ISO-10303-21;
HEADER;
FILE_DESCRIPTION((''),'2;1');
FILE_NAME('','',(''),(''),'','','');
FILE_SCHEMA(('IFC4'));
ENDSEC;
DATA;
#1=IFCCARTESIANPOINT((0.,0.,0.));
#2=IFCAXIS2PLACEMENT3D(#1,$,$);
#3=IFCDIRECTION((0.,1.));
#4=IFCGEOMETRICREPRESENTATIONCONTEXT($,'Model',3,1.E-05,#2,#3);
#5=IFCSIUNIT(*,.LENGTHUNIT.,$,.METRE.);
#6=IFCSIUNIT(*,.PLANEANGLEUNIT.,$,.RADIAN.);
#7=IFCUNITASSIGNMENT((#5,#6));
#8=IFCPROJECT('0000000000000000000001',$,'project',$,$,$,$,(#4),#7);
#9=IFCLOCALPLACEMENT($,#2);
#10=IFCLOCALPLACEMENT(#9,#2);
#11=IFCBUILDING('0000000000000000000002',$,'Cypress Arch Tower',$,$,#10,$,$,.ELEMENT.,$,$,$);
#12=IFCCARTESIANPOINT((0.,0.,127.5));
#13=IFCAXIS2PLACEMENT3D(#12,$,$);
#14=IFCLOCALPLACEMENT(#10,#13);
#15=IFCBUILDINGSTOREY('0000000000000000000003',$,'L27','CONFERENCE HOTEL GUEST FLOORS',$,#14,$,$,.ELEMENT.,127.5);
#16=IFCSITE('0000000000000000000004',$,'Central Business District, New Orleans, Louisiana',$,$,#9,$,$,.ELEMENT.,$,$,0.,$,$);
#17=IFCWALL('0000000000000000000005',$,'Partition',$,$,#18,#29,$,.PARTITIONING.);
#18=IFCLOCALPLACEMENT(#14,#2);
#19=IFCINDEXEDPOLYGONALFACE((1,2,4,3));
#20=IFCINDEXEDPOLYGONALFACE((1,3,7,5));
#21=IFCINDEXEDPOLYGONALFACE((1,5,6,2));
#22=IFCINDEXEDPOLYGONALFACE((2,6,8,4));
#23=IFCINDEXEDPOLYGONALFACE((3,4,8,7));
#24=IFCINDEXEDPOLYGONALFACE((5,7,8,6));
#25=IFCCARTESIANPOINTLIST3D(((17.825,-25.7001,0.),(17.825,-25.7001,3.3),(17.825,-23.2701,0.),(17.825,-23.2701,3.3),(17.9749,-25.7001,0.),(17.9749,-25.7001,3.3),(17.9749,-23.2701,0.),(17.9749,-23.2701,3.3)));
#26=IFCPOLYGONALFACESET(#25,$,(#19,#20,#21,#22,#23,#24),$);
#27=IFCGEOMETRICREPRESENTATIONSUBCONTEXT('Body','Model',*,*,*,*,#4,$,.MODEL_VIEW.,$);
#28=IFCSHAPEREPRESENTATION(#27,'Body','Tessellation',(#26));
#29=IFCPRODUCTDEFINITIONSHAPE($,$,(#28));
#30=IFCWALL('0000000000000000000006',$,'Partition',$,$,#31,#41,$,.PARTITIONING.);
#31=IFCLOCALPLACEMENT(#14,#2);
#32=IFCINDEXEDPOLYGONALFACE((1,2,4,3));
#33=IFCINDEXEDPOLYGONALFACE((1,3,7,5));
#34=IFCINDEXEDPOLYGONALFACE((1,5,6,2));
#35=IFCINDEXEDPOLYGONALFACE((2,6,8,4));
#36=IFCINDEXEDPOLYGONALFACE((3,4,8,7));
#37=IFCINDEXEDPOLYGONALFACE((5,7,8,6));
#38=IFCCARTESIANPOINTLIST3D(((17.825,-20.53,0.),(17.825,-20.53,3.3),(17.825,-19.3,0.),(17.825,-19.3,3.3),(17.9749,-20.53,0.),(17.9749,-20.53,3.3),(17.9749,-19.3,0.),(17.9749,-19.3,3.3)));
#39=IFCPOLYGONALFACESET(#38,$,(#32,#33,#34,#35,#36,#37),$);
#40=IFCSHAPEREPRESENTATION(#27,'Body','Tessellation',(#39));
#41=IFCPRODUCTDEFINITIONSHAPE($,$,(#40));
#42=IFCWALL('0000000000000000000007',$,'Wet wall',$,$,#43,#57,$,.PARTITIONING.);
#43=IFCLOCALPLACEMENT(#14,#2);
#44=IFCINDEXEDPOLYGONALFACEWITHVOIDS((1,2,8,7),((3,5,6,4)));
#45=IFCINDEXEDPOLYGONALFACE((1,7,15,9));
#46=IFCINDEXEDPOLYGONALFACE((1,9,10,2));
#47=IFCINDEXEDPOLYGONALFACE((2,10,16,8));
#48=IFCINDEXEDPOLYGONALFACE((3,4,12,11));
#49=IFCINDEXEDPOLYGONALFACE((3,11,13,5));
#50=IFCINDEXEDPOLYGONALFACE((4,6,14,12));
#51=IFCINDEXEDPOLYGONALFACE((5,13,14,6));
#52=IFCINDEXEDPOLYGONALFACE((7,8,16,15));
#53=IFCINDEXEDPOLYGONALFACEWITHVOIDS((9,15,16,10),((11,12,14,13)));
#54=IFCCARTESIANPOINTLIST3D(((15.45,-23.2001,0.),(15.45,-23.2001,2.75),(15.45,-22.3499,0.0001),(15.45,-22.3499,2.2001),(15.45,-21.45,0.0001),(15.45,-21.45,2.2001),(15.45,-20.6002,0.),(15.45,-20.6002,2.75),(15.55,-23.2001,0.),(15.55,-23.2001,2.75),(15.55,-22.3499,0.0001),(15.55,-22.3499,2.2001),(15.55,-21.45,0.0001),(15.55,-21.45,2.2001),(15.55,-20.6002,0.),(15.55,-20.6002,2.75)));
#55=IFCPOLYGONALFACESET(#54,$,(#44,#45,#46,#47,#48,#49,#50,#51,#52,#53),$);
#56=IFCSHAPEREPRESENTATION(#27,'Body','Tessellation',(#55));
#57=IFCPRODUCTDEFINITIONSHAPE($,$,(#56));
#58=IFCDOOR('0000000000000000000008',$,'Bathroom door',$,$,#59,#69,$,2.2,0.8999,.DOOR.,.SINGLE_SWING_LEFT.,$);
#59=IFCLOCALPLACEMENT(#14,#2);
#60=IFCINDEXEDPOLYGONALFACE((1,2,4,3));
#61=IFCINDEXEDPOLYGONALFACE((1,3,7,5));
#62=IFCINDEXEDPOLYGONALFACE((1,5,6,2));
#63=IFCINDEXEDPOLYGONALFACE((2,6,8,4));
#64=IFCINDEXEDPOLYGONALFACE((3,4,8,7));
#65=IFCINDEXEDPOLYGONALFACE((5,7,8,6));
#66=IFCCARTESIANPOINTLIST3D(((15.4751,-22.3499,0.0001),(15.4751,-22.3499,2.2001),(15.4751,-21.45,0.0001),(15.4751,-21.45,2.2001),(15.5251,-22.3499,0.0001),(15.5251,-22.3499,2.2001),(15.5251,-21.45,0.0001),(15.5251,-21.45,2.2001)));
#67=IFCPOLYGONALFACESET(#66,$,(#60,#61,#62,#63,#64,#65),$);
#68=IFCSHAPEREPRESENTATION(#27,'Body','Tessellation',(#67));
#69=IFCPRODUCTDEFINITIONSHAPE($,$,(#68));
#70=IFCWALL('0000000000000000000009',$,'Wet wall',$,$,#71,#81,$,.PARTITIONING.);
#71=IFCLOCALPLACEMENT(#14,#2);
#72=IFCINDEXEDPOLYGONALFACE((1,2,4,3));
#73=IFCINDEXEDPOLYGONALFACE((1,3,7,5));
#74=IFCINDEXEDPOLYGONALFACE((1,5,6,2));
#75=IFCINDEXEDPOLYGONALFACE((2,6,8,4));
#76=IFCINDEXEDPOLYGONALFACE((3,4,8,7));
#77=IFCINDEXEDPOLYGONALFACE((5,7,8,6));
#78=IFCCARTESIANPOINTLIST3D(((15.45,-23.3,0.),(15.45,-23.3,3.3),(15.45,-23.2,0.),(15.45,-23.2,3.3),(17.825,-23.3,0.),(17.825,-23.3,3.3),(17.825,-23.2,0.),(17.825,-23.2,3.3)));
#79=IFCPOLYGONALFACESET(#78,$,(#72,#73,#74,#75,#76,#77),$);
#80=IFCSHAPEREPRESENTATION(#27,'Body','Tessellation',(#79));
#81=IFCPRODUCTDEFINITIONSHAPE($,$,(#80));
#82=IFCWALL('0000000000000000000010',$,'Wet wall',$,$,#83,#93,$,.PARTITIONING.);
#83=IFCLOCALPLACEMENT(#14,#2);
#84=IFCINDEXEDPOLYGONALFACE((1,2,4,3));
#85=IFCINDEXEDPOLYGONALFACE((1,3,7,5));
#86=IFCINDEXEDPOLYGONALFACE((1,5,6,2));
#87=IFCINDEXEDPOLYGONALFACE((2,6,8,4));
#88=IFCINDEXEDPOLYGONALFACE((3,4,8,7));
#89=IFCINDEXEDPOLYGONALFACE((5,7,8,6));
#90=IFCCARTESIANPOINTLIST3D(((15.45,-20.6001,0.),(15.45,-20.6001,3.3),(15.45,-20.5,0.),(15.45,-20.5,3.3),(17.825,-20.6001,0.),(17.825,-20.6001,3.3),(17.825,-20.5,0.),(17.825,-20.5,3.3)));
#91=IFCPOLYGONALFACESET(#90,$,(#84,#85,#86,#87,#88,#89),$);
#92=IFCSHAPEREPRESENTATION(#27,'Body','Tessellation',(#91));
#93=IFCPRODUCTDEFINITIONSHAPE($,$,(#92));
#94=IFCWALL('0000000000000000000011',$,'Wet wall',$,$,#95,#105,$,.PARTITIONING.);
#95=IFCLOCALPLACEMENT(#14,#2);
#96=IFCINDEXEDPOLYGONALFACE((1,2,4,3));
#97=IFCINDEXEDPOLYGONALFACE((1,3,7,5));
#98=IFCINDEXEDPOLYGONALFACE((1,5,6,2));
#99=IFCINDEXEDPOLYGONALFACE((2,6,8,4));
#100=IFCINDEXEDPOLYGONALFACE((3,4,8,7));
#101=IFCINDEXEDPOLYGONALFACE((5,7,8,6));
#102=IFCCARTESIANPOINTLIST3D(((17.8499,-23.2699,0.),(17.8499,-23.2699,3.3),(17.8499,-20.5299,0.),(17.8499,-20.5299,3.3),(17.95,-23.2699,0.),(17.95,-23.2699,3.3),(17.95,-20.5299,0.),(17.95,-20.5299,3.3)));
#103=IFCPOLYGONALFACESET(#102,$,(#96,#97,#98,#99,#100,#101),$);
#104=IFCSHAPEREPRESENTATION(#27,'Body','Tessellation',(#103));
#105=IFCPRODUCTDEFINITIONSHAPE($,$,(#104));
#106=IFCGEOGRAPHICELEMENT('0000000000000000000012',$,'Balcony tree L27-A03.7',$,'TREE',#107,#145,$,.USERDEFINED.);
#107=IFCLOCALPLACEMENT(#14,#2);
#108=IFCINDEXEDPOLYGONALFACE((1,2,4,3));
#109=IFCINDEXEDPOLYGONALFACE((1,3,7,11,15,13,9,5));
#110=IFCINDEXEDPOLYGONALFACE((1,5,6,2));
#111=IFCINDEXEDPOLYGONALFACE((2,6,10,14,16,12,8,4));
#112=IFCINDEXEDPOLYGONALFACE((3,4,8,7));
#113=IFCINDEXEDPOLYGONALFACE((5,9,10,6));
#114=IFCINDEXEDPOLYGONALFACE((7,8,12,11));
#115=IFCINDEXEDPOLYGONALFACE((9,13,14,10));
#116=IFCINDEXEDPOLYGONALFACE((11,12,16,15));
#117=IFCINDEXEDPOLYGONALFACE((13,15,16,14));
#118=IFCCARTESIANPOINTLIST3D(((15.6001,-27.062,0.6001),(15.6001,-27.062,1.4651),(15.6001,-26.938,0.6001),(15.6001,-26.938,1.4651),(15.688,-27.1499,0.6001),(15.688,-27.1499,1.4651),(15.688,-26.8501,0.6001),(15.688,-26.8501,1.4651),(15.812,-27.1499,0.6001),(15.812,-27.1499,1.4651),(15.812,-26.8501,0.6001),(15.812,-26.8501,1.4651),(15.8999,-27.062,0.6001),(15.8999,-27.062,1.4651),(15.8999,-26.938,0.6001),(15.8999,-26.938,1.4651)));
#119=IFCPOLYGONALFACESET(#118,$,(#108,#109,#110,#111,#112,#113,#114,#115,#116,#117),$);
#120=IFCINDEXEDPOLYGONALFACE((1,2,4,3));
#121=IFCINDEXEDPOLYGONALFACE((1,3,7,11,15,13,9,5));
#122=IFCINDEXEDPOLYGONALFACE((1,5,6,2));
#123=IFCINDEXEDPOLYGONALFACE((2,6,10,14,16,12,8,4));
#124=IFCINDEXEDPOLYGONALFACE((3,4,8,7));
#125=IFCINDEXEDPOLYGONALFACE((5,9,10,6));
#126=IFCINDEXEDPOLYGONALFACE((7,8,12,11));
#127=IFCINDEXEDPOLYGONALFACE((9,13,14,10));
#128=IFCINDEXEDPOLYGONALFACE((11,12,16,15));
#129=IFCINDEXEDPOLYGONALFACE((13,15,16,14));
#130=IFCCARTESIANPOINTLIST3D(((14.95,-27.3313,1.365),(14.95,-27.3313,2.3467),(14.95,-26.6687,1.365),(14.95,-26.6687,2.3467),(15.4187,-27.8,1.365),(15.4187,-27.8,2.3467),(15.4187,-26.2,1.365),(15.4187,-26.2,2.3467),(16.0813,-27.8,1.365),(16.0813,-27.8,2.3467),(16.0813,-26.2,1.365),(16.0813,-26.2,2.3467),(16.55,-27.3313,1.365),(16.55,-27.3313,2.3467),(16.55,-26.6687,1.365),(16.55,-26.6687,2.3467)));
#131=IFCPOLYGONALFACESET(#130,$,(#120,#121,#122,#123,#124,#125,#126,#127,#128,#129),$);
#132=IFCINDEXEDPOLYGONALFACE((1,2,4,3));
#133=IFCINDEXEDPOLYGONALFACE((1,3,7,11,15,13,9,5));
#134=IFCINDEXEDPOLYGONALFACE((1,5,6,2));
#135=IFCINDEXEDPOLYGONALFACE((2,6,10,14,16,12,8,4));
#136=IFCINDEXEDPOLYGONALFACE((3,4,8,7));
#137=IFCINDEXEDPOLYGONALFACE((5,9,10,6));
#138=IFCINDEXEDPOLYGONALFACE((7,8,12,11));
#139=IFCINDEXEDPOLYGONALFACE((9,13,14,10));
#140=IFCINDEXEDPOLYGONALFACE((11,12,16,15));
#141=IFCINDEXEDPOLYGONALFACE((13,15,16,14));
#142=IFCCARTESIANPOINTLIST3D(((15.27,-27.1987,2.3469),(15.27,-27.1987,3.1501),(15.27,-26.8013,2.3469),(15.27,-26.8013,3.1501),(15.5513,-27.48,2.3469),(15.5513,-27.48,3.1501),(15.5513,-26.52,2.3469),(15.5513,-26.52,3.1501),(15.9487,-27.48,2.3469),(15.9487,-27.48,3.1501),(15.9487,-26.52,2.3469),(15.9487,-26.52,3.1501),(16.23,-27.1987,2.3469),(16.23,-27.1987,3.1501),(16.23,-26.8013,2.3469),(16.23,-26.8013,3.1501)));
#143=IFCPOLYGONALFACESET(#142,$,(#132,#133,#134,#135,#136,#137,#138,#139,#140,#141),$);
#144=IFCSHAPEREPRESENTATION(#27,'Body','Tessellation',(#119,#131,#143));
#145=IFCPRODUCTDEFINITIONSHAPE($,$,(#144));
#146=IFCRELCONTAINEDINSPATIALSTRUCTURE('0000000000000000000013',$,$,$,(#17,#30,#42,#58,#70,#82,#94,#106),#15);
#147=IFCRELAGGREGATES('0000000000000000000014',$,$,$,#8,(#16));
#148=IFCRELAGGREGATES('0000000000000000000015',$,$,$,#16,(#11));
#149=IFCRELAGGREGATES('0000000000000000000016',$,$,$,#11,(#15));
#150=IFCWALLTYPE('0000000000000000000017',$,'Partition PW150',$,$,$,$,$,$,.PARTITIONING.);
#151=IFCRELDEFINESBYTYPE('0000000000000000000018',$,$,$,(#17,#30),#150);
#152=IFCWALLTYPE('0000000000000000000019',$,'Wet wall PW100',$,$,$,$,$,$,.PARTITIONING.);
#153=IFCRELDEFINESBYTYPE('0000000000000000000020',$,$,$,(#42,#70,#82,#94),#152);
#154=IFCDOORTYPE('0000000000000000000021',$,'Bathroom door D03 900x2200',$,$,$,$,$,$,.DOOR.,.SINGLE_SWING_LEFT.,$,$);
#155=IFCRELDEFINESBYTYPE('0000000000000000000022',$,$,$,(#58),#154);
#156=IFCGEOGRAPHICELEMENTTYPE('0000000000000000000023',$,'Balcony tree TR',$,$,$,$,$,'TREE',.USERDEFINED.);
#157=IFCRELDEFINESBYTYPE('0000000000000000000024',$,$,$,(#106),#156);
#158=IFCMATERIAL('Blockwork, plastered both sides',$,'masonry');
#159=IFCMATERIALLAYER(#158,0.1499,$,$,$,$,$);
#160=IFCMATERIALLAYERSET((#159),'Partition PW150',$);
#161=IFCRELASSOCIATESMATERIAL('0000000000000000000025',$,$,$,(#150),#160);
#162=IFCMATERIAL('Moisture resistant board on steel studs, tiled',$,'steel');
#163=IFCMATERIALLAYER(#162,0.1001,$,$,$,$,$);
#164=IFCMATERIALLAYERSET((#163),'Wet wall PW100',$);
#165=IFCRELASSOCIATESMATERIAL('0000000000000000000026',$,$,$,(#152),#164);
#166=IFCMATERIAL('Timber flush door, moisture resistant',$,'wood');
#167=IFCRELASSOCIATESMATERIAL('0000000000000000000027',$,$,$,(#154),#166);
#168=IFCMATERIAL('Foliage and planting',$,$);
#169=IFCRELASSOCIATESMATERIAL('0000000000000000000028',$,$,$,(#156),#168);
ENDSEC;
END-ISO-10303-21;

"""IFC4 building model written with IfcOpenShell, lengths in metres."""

from ifc_helpers import new_model, si_unit, direction, frame, frame_2d, origin, place, context, subcontext, project, spatial, polyline, rectangle, outline, extrude, material, layer, layer_set, type_object, element, fill, save


model = new_model("IFC4")

# Units and contexts
model_context = context("Model", 3, precision=1e-05, world=origin(), true_north=direction((0.0, 1.0)))
body_context = subcontext(model_context, "Body", "Model", "MODEL_VIEW")
ifc_project = project(units=[si_unit("LENGTHUNIT", "METRE"), si_unit("PLANEANGLEUNIT", "RADIAN")], contexts=[model_context])

# Site, building, storey
site_placement = place(None, origin())
site = spatial("IfcSite", under=ifc_project, at=site_placement, Name="Central Business District, New Orleans, Louisiana", CompositionType="ELEMENT", RefElevation=0.0)
building_placement = place(site_placement, origin())
building = spatial("IfcBuilding", under=site, at=building_placement, Name="Cypress Arch Tower", CompositionType="ELEMENT")
storey_placement = place(building_placement, frame((0.0, 0.0, 127.5)))
storey = spatial("IfcBuildingStorey", under=building, at=storey_placement, Name="L27", Description="CONFERENCE HOTEL GUEST FLOORS", CompositionType="ELEMENT", Elevation=127.5)

# Walls
ifc_material_1 = material(Name="Blockwork, plastered both sides", Category="masonry")
ifc_layer_1 = layer(ifc_material_1, 0.1499)
ifc_layer_set_1 = layer_set([ifc_layer_1], Name="Partition PW150")
wall_type_1 = type_object("IfcWallType", Name="Partition PW150", PredefinedType="PARTITIONING", material=ifc_layer_set_1)
wall_1_placement = place(storey_placement, frame((17.8999, -25.7, 0.0), z_axis=(0.0, 0.0, 1.0), x_axis=(0.0, 1.0, 0.0)))
element("IfcWall", 1, at=wall_1_placement, inside=storey, type_object=wall_type_1, Name="Partition", PredefinedType="PARTITIONING", context=body_context, shape_type="SweptSolid", body=[
    extrude(rectangle(XDim=2.4299, YDim=0.1499, at=frame_2d((1.2148, 0.0))), origin(), (0.0, 0.0, 1.0), 3.3),
])
wall_2_placement = place(storey_placement, frame((17.8999, -20.53, 0.0), z_axis=(0.0, 0.0, 1.0), x_axis=(0.0, 1.0, 0.0)))
element("IfcWall", 2, at=wall_2_placement, inside=storey, type_object=wall_type_1, Name="Partition", PredefinedType="PARTITIONING", context=body_context, shape_type="SweptSolid", body=[
    extrude(rectangle(XDim=1.23, YDim=0.1499, at=frame_2d((0.615, 0.0))), origin(), (0.0, 0.0, 1.0), 3.3),
])

# Wall, opening, door
ifc_material_2 = material(Name="Moisture resistant board on steel studs, tiled", Category="steel")
ifc_layer_2 = layer(ifc_material_2, 0.1001)
ifc_layer_set_2 = layer_set([ifc_layer_2], Name="Wet wall PW100")
wall_type_2 = type_object("IfcWallType", Name="Wet wall PW100", PredefinedType="PARTITIONING", material=ifc_layer_set_2)
wall_3_placement = place(storey_placement, frame((15.5, -23.2, 0.0), z_axis=(0.0, 0.0, 1.0), x_axis=(0.0, 1.0, 0.0)))
wall_3 = element("IfcWall", 3, at=wall_3_placement, inside=storey, type_object=wall_type_2, Name="Wet wall", PredefinedType="PARTITIONING", context=body_context, shape_type="SweptSolid", body=[
    extrude(rectangle(XDim=2.5999, YDim=0.1001, at=frame_2d((1.2998, 0.0))), origin(), (0.0, 0.0, 1.0), 2.75),
])
opening_1_placement = place(wall_3_placement, frame((0.8501, 0.0, 0.0)))
opening_1 = element("IfcOpeningElement", 4, at=opening_1_placement, cuts=wall_3, PredefinedType="OPENING", context=body_context, shape_type="SweptSolid", body=[
    extrude(rectangle(XDim=0.8999, YDim=2.2, at=frame_2d((0.45, 1.1001))), frame((0.0, 0.0601, 0.0), z_axis=(0.0, -1.0, 0.0), x_axis=(1.0, 0.0, 0.0)), (0.0, 0.0, 1.0), 0.1201),
])
ifc_material_3 = material(Name="Timber flush door, moisture resistant", Category="wood")
door_type_1 = type_object("IfcDoorType", Name="Bathroom door D03 900x2200", OperationType="SINGLE_SWING_LEFT", PredefinedType="DOOR", material=ifc_material_3)
door_1_placement = place(opening_1_placement, origin())
door_1 = element("IfcDoor", 5, at=door_1_placement, inside=storey, type_object=door_type_1, Name="Bathroom door", OperationType="SINGLE_SWING_LEFT", OverallHeight=2.2, OverallWidth=0.8999, PredefinedType="DOOR", context=body_context, shape_type="SweptSolid", body=[
    extrude(rectangle(XDim=0.8999, YDim=2.2, at=frame_2d((0.45, 1.1001))), frame((0.0, 0.0249, 0.0), z_axis=(0.0, -1.0, 0.0), x_axis=(1.0, 0.0, 0.0)), (0.0, 0.0, 1.0), 0.05),
])
fill(opening_1, door_1)

# Walls
for number, where, z_axis, x_axis, name in (
    (6, (15.45, -23.25, 0.0), (0.0, 0.0, 1.0), (1.0, 0.0, 0.0), "Wet wall"),
    (7, (15.45, -20.55, 0.0), (0.0, 0.0, 1.0), (1.0, 0.0, 0.0), "Wet wall"),
):
    element("IfcWall", number, at=place(storey_placement, frame(where, z_axis=z_axis, x_axis=x_axis)), inside=storey, type_object=wall_type_2, Name=name, PredefinedType="PARTITIONING", context=body_context, shape_type="SweptSolid", body=[
        extrude(rectangle(XDim=2.375, YDim=0.1001, at=frame_2d((1.1875, 0.0))), origin(), (0.0, 0.0, 1.0), 3.3),
    ])
wall_4_placement = place(storey_placement, frame((17.8999, -23.27, 0.0), z_axis=(0.0, 0.0, 1.0), x_axis=(0.0, 1.0, 0.0)))
element("IfcWall", 8, at=wall_4_placement, inside=storey, type_object=wall_type_2, Name="Wet wall", PredefinedType="PARTITIONING", context=body_context, shape_type="SweptSolid", body=[
    extrude(rectangle(XDim=2.74, YDim=0.1001, at=frame_2d((1.3701, 0.0))), origin(), (0.0, 0.0, 1.0), 3.3),
])

# Geographic element
ifc_material_4 = material(Name="Foliage and planting")
geographic_element_type = type_object("IfcGeographicElementType", Name="Balcony tree TR", ElementType="TREE", PredefinedType="USERDEFINED", material=ifc_material_4)
geographic_element_placement = place(storey_placement, frame((15.75, -27.0, 0.6001), z_axis=(0.0, 0.0, 1.0), x_axis=(1.0, 0.0, 0.0)))
element("IfcGeographicElement", 9, at=geographic_element_placement, inside=storey, type_object=geographic_element_type, Name="Balcony tree L27-A03.7", ObjectType="TREE", PredefinedType="USERDEFINED", context=body_context, shape_type="SweptSolid", body=[
    extrude(outline(polyline([(0.1499, 0.062), (0.062, 0.1499), (-0.062, 0.1499), (-0.1499, 0.062), (-0.1499, -0.062), (-0.062, -0.1499), (0.062, -0.1499), (0.1499, -0.062), (0.1499, 0.062)])), origin(), (0.0, 0.0, 1.0), 0.865),
    extrude(outline(polyline([(0.8, 0.3313), (0.3313, 0.8), (-0.3313, 0.8), (-0.8, 0.3313), (-0.8, -0.3313), (-0.3313, -0.8), (0.3313, -0.8), (0.8, -0.3313), (0.8, 0.3313)])), frame((0.0, 0.0, 0.7649)), (0.0, 0.0, 1.0), 0.9817),
    extrude(outline(polyline([(0.48, 0.1987), (0.1987, 0.48), (-0.1987, 0.48), (-0.48, 0.1987), (-0.48, -0.1987), (-0.1987, -0.48), (0.1987, -0.48), (0.48, -0.1987), (0.48, 0.1987)])), frame((0.0, 0.0, 1.7468)), (0.0, 0.0, 1.0), 0.8032),
])

save(model, "model.ifc")
